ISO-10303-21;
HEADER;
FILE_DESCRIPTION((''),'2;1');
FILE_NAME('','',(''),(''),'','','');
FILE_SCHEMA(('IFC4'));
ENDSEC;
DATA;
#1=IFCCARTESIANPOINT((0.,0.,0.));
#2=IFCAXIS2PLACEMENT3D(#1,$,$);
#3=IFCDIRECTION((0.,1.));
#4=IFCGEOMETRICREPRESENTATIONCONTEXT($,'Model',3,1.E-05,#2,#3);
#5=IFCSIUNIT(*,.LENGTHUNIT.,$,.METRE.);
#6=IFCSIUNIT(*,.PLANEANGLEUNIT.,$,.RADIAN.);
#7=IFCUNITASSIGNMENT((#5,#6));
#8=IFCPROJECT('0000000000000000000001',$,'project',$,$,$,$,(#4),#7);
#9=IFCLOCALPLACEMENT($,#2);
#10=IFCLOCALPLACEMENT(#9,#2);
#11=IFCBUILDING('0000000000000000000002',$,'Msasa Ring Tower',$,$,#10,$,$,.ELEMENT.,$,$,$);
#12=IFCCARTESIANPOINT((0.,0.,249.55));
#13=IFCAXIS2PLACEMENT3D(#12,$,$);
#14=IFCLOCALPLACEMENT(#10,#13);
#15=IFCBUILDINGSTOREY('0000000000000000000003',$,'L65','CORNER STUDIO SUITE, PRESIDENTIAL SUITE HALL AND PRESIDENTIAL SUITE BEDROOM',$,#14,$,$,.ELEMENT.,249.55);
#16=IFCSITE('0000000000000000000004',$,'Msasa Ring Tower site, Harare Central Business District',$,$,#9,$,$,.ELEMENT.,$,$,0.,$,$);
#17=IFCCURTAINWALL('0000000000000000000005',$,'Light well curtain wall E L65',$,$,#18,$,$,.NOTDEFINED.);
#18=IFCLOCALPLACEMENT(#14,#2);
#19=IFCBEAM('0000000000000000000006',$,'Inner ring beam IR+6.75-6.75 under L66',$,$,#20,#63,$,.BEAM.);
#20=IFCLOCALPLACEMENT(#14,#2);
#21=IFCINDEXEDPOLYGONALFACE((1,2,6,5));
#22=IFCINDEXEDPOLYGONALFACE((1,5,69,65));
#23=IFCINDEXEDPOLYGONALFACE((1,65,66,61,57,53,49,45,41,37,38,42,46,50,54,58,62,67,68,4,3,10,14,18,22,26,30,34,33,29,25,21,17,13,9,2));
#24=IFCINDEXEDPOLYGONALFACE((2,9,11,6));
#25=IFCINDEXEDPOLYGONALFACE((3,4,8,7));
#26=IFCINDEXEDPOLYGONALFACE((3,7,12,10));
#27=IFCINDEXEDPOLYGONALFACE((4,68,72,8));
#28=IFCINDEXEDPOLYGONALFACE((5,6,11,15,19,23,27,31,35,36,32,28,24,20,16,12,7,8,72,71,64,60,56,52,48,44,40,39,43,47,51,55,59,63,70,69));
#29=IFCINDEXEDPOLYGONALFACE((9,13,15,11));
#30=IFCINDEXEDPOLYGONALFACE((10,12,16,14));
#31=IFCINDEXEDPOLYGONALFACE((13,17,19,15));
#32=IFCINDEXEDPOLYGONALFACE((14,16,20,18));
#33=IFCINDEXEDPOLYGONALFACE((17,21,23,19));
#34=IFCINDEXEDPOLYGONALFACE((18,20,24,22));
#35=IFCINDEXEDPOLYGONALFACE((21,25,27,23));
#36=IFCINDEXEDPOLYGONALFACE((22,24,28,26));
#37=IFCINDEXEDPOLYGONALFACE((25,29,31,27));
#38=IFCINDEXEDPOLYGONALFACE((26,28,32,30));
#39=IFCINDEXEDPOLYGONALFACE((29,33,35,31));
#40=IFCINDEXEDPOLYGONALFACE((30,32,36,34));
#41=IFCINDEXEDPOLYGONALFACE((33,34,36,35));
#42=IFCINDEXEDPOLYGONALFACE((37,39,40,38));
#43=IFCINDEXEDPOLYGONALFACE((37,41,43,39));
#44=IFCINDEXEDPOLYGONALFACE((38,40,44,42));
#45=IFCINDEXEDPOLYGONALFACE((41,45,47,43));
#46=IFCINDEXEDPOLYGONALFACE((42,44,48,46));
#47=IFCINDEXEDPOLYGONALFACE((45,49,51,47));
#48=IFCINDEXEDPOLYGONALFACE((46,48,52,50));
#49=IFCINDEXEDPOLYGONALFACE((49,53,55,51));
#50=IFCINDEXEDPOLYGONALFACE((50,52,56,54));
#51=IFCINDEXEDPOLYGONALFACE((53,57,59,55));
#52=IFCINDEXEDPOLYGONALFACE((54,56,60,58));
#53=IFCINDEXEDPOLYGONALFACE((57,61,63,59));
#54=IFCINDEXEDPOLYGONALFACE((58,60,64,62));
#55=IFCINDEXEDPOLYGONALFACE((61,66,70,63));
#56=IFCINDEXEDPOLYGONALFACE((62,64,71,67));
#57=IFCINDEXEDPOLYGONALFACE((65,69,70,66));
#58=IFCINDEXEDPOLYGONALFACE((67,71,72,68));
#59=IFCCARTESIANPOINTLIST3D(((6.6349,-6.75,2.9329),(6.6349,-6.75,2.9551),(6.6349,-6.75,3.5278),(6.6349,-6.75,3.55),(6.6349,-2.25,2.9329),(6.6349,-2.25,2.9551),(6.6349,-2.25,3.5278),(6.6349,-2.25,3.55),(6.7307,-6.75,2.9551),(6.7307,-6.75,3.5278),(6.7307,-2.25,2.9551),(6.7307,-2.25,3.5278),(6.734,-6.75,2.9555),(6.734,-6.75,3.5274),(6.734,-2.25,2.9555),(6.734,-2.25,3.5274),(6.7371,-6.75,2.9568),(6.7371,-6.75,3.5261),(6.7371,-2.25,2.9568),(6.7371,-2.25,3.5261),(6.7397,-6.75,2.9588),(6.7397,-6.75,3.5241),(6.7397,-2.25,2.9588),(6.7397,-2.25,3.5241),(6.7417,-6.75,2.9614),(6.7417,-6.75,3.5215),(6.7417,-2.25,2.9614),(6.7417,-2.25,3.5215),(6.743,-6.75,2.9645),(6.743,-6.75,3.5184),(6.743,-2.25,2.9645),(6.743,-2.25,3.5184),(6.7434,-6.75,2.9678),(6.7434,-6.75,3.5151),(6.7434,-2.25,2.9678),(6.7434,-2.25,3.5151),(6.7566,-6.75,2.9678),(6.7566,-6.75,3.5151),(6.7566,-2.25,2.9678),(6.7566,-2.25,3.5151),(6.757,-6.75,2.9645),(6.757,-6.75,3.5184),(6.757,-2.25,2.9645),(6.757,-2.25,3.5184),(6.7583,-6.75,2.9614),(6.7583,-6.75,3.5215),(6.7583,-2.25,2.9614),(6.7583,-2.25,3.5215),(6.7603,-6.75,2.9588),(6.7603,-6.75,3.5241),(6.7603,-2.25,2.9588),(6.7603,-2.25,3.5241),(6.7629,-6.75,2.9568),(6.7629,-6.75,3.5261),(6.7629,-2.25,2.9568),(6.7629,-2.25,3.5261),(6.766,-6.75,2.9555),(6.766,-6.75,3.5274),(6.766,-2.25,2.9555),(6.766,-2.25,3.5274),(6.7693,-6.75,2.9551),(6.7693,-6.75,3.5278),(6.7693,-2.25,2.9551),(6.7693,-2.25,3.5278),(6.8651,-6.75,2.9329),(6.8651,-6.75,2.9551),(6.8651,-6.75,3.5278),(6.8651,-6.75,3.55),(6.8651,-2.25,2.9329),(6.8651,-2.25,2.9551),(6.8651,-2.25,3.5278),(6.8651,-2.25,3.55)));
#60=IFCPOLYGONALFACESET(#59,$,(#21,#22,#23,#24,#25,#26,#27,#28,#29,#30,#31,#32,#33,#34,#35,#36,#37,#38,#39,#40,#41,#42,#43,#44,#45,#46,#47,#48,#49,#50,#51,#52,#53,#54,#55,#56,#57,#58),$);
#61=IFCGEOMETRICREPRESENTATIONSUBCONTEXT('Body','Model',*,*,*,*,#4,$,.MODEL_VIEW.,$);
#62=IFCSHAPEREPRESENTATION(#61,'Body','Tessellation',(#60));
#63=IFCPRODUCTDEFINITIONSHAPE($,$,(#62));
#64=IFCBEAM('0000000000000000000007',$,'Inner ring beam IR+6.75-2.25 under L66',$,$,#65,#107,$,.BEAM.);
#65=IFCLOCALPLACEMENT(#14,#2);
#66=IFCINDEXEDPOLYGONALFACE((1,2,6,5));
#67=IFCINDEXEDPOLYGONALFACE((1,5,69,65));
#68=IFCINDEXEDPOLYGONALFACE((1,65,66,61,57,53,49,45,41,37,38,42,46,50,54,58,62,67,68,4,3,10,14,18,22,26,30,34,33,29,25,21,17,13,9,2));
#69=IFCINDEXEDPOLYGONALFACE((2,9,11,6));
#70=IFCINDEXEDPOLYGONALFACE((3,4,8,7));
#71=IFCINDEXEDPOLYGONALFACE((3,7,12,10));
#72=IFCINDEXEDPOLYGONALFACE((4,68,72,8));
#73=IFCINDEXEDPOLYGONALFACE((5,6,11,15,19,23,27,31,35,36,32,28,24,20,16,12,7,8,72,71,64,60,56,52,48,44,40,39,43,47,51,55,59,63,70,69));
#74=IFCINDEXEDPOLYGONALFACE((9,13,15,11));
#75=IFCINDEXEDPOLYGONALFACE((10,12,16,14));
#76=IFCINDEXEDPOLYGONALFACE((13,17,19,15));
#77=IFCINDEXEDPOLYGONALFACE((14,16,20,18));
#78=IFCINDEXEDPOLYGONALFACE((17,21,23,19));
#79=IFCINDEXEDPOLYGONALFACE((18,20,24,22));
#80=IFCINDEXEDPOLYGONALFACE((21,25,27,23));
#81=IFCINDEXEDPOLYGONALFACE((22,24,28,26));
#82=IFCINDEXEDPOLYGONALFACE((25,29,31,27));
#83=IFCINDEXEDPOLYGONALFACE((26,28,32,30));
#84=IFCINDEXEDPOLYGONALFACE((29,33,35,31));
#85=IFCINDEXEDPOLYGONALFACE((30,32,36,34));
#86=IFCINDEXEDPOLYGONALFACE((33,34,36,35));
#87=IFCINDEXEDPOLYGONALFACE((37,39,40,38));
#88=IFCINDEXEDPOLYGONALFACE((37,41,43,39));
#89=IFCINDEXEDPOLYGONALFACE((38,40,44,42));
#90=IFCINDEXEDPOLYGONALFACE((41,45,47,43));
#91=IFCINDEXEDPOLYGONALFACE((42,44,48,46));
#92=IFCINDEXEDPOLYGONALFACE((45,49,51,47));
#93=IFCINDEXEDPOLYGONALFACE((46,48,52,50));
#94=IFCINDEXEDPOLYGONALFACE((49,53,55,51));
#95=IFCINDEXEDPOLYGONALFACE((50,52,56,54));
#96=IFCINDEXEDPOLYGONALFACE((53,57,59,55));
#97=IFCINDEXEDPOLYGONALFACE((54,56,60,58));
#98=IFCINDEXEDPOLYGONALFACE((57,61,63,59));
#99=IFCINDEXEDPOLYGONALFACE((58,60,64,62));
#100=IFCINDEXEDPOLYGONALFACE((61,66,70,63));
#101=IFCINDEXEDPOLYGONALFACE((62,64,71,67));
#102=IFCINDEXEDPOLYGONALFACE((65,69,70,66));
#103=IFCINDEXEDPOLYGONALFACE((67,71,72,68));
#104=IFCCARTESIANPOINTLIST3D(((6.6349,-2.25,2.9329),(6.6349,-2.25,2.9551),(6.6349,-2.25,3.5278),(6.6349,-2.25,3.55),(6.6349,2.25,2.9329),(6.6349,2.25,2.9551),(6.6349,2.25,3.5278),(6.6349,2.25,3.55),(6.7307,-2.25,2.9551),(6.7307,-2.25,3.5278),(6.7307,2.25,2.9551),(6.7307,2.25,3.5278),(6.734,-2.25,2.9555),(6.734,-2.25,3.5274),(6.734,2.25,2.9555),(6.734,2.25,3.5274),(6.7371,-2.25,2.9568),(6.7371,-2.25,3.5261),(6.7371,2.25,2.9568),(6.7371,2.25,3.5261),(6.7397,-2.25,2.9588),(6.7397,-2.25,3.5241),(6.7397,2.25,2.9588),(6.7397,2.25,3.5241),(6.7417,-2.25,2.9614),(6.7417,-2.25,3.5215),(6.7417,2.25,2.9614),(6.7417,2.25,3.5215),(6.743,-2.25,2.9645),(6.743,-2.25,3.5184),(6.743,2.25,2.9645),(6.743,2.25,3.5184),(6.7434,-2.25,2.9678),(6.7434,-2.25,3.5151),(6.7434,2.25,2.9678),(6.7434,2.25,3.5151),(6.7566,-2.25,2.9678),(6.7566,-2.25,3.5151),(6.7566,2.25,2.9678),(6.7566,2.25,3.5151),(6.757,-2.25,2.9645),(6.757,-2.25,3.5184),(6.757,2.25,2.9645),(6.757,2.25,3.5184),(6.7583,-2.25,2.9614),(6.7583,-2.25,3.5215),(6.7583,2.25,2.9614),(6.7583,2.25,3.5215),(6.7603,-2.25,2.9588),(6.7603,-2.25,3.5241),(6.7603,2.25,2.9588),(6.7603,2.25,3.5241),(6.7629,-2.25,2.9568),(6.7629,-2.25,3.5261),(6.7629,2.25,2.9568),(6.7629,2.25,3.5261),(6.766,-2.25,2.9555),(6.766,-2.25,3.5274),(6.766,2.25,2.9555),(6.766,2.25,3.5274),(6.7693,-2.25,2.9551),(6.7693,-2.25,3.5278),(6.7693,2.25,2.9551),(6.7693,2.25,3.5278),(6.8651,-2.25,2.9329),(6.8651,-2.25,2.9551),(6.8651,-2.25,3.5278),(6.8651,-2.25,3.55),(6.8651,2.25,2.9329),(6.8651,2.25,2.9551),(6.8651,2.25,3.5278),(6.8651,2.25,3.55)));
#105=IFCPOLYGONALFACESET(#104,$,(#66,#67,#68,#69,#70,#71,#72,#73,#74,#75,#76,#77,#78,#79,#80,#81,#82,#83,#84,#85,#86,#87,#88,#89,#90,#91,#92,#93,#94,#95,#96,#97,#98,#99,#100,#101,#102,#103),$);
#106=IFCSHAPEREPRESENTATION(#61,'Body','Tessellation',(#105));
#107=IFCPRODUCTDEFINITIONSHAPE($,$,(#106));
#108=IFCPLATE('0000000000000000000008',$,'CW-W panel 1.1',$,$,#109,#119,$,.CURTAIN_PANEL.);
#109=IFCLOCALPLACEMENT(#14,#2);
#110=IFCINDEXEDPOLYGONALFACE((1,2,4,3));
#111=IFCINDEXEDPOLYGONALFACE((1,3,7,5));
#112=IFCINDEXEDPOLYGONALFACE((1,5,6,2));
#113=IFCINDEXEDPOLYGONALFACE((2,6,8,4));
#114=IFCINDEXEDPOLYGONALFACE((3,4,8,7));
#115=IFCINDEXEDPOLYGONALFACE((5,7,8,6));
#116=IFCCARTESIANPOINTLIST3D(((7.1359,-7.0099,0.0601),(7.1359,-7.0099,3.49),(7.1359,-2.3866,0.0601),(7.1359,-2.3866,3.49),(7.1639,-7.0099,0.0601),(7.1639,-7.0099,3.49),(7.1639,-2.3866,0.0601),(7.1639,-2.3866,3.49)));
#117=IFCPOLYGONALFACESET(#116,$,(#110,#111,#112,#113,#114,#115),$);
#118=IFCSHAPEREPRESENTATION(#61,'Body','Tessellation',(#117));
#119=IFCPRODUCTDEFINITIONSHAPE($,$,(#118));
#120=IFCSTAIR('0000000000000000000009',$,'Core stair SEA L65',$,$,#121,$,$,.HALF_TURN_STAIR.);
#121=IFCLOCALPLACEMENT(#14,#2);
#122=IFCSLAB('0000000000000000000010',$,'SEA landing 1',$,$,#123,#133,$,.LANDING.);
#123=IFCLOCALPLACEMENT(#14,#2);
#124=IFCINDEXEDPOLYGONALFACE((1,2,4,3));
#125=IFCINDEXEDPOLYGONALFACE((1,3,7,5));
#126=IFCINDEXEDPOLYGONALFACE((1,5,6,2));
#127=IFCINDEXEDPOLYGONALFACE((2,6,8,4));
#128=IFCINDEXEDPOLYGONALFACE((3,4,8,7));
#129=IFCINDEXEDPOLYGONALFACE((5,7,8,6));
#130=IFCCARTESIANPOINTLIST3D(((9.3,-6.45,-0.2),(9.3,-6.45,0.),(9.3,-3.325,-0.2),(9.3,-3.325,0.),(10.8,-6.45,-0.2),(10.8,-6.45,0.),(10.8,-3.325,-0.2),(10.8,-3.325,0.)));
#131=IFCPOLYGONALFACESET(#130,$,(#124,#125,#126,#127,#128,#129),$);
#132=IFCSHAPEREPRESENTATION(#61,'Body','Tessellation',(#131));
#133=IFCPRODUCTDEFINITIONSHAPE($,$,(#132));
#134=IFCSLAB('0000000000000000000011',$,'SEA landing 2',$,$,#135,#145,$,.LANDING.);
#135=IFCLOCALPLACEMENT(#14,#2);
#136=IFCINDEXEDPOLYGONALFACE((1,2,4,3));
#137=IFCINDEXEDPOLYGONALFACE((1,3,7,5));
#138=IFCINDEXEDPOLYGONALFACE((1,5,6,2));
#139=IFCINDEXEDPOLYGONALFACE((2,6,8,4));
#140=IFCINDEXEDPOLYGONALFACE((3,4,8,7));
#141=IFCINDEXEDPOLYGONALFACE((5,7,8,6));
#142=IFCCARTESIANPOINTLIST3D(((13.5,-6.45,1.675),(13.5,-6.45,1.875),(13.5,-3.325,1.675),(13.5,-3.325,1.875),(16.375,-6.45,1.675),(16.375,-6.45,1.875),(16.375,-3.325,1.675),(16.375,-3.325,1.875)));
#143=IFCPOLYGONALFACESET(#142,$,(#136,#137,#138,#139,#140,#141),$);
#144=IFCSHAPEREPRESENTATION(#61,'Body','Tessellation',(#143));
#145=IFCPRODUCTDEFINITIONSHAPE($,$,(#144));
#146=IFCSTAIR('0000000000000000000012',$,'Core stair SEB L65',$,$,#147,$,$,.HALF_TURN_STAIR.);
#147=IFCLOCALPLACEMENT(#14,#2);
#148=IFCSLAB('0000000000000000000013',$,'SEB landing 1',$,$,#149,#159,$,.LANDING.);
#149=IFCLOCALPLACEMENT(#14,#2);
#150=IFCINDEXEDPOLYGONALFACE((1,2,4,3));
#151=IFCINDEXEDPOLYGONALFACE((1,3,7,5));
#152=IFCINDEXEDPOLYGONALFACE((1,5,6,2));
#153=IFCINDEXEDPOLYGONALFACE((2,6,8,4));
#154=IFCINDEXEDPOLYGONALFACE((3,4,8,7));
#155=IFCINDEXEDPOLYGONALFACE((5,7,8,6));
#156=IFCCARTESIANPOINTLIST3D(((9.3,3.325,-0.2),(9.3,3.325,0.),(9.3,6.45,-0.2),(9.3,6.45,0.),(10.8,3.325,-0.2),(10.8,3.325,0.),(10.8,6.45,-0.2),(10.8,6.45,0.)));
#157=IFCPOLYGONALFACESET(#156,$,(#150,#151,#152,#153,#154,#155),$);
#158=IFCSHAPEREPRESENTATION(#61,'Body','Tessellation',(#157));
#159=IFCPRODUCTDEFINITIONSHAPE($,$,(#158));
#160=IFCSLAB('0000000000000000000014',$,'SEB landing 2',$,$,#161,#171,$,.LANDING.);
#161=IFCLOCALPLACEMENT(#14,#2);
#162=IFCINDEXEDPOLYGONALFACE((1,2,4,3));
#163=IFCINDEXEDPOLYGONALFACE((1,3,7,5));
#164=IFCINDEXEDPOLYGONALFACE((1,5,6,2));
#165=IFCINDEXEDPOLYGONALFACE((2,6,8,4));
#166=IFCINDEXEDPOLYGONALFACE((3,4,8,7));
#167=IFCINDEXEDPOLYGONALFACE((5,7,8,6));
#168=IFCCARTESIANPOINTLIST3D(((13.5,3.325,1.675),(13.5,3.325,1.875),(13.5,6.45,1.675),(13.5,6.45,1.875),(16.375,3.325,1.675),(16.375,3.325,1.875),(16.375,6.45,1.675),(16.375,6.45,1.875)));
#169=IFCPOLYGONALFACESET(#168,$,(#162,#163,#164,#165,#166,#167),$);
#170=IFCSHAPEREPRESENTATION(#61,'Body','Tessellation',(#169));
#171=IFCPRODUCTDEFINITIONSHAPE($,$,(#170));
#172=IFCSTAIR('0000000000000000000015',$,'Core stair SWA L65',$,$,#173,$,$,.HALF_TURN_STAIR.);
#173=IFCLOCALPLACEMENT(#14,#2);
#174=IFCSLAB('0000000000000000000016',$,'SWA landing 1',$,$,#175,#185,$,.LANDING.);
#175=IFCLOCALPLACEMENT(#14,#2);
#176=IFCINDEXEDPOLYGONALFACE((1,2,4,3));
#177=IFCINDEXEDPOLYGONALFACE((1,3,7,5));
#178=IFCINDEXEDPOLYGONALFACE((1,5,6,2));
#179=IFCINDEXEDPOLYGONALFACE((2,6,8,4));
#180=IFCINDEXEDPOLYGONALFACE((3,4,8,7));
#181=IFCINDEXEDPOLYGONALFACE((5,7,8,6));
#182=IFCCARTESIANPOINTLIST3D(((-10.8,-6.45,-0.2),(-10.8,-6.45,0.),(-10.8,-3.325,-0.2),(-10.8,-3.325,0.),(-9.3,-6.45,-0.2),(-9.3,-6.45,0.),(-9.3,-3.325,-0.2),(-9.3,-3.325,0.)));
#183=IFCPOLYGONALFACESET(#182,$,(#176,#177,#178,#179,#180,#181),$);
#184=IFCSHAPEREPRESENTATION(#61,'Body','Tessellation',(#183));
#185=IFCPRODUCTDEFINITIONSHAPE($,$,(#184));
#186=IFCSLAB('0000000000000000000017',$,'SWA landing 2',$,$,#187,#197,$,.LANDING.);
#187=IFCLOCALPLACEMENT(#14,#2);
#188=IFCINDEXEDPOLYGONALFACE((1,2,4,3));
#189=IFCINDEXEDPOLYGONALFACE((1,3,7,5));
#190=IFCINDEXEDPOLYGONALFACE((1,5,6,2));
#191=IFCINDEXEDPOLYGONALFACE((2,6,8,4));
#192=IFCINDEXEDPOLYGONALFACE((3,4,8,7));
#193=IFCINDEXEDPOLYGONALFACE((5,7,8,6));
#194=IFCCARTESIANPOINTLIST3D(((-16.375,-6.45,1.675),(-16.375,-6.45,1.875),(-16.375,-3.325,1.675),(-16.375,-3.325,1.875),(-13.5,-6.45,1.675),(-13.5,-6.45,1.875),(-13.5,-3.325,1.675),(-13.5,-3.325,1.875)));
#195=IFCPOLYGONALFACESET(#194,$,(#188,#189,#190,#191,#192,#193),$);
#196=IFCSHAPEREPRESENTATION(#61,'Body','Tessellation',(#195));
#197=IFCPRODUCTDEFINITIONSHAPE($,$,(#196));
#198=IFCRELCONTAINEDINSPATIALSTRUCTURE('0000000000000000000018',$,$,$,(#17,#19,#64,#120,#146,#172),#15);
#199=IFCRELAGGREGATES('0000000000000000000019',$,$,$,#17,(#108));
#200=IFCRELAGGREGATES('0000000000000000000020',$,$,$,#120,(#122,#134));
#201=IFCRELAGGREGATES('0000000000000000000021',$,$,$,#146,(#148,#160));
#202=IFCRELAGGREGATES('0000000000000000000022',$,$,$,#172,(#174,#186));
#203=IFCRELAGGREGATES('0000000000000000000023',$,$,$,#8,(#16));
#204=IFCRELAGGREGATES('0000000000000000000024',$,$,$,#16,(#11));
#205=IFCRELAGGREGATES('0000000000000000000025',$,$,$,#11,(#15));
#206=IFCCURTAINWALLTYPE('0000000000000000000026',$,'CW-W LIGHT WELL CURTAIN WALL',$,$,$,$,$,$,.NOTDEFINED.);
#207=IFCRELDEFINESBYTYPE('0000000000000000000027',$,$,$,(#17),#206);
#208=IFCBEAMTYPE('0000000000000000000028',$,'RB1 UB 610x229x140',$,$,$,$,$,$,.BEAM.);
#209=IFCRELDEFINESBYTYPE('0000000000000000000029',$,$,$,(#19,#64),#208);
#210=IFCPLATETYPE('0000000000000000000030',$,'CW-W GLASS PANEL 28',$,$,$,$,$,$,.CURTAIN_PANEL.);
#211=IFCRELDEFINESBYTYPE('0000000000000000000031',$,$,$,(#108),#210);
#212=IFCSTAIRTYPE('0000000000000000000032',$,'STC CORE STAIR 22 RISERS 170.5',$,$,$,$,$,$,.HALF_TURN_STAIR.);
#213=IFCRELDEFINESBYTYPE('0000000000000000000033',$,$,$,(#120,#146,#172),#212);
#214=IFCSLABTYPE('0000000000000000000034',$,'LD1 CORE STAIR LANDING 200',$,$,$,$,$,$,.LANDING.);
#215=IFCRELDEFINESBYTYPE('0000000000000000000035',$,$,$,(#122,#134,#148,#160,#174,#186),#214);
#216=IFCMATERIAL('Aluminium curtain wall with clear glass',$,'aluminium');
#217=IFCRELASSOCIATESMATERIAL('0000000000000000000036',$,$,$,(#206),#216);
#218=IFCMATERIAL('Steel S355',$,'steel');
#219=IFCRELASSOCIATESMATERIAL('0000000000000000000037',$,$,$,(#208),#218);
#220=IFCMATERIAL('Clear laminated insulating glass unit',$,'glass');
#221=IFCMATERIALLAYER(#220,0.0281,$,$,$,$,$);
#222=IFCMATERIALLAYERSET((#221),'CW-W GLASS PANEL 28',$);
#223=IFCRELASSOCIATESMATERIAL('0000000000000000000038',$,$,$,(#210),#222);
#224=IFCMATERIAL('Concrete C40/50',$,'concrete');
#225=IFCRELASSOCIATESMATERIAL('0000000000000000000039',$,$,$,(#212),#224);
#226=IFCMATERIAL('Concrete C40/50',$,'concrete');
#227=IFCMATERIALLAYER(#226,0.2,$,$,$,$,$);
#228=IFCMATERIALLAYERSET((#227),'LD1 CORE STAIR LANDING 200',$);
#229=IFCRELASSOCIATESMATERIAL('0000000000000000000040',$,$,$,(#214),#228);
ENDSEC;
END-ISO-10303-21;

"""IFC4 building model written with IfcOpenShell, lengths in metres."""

from ifc_helpers import new_model, si_unit, direction, frame, origin, origin_2d, place, context, subcontext, project, spatial, polyline, rectangle, i_section, outline, extrude, material, layer, layer_set, material_profile, profile_set, type_object, element, aggregate, save


model = new_model("IFC4")

# Units and contexts
model_context = context("Model", 3, precision=1e-05, world=origin(), true_north=direction((0.0, 1.0)))
body_context = subcontext(model_context, "Body", "Model", "MODEL_VIEW")
ifc_project = project(units=[si_unit("LENGTHUNIT", "METRE"), si_unit("PLANEANGLEUNIT", "RADIAN")], contexts=[model_context])

# Site, building, storey
site_placement = place(None, origin())
site = spatial("IfcSite", under=ifc_project, at=site_placement, Name="Msasa Ring Tower site, Harare Central Business District", CompositionType="ELEMENT", RefElevation=0.0)
building_placement = place(site_placement, origin())
building = spatial("IfcBuilding", under=site, at=building_placement, Name="Msasa Ring Tower", CompositionType="ELEMENT")
storey_placement = place(building_placement, frame((0.0, 0.0, 249.55)))
storey = spatial("IfcBuildingStorey", under=building, at=storey_placement, Name="L65", Description="CORNER STUDIO SUITE, PRESIDENTIAL SUITE HALL AND PRESIDENTIAL SUITE BEDROOM", CompositionType="ELEMENT", Elevation=249.55)

# Curtain wall
ifc_material_1 = material(Name="Aluminium curtain wall with clear glass", Category="aluminium")
curtain_wall_type = type_object("IfcCurtainWallType", Name="CW-W LIGHT WELL CURTAIN WALL", PredefinedType="NOTDEFINED", material=ifc_material_1)
curtain_wall_placement = place(storey_placement, origin())
curtain_wall = element("IfcCurtainWall", 1, at=curtain_wall_placement, inside=storey, type_object=curtain_wall_type, Name="Light well curtain wall E L65", PredefinedType="NOTDEFINED")

# Beams
ifc_material_2 = material(Name="Steel S355", Category="steel")
ifc_material_profile_1 = material_profile(ifc_material_2, i_section(OverallWidth=0.2302, OverallDepth=0.6172, WebThickness=0.0132, FlangeThickness=0.0222, FilletRadius=0.0127, at=origin_2d()), Name="UB 610x229x140")
ifc_profile_set_1 = profile_set([ifc_material_profile_1], Name="Steel S355")
beam_type = type_object("IfcBeamType", Name="RB1 UB 610x229x140", PredefinedType="BEAM", material=ifc_profile_set_1)
for number, where, z_axis, x_axis, name in (
    (2, (6.75, -6.75, 3.2415), (0.0, 1.0, 0.0), (-1.0, 0.0, 0.0), "Inner ring beam IR+6.75-6.75 under L66"),
    (3, (6.75, -2.25, 3.2415), (0.0, 1.0, 0.0), (-1.0, 0.0, 0.0), "Inner ring beam IR+6.75-2.25 under L66"),
):
    element("IfcBeam", number, at=place(storey_placement, frame(where, z_axis=z_axis, x_axis=x_axis)), inside=storey, type_object=beam_type, Name=name, PredefinedType="BEAM", context=body_context, shape_type="SweptSolid", body=[
        extrude(i_section(OverallWidth=0.2302, OverallDepth=0.6172, WebThickness=0.0132, FlangeThickness=0.0222, FilletRadius=0.0127, at=origin_2d()), origin(), (0.0, 0.0, 1.0), 4.5),
    ])

# Plate
ifc_material_3 = material(Name="Clear laminated insulating glass unit", Category="glass")
ifc_layer_1 = layer(ifc_material_3, 0.0281)
ifc_layer_set_1 = layer_set([ifc_layer_1], Name="CW-W GLASS PANEL 28")
plate_type = type_object("IfcPlateType", Name="CW-W GLASS PANEL 28", PredefinedType="CURTAIN_PANEL", material=ifc_layer_set_1)
plate_placement = place(storey_placement, frame((7.1499, -4.6982, 0.0601), z_axis=(0.0, 0.0, 1.0), x_axis=(0.0, 1.0, 0.0)))
plate = element("IfcPlate", 4, at=plate_placement, type_object=plate_type, Name="CW-W panel 1.1", PredefinedType="CURTAIN_PANEL", context=body_context, shape_type="SweptSolid", body=[
    extrude(rectangle(XDim=4.6233, YDim=0.0281, at=origin_2d()), origin(), (0.0, 0.0, 1.0), 3.4299),
])
aggregate(curtain_wall, [plate])

# Stairs, slabs
ifc_material_4 = material(Name="Concrete C40/50", Category="concrete")
stair_type = type_object("IfcStairType", Name="STC CORE STAIR 22 RISERS 170.5", PredefinedType="HALF_TURN_STAIR", material=ifc_material_4)
stair_1_placement = place(storey_placement, origin())
stair_1 = element("IfcStair", 5, at=stair_1_placement, inside=storey, type_object=stair_type, Name="Core stair SEA L65", PredefinedType="HALF_TURN_STAIR")
ifc_material_5 = material(Name="Concrete C40/50", Category="concrete")
ifc_layer_2 = layer(ifc_material_5, 0.2)
ifc_layer_set_2 = layer_set([ifc_layer_2], Name="LD1 CORE STAIR LANDING 200")
slab_type = type_object("IfcSlabType", Name="LD1 CORE STAIR LANDING 200", PredefinedType="LANDING", material=ifc_layer_set_2)
slab_1_placement = place(storey_placement, frame((0.0, 0.0, -0.2)))
slab_1 = element("IfcSlab", 6, at=slab_1_placement, type_object=slab_type, Name="SEA landing 1", PredefinedType="LANDING", context=body_context, shape_type="SweptSolid", body=[
    extrude(outline(polyline([(9.3, -6.45), (10.8, -6.45), (10.8, -3.325), (9.3, -3.325), (9.3, -6.45)])), origin(), (0.0, 0.0, 1.0), 0.2),
])
slab_2_placement = place(storey_placement, frame((0.0, 0.0, 1.675)))
slab_2 = element("IfcSlab", 7, at=slab_2_placement, type_object=slab_type, Name="SEA landing 2", PredefinedType="LANDING", context=body_context, shape_type="SweptSolid", body=[
    extrude(outline(polyline([(13.5, -6.45), (16.375, -6.45), (16.375, -3.325), (13.5, -3.325), (13.5, -6.45)])), origin(), (0.0, 0.0, 1.0), 0.2),
])
aggregate(stair_1, [slab_1, slab_2])
stair_2_placement = place(storey_placement, origin())
stair_2 = element("IfcStair", 8, at=stair_2_placement, inside=storey, type_object=stair_type, Name="Core stair SEB L65", PredefinedType="HALF_TURN_STAIR")
slab_3_placement = place(storey_placement, frame((0.0, 0.0, -0.2)))
slab_3 = element("IfcSlab", 9, at=slab_3_placement, type_object=slab_type, Name="SEB landing 1", PredefinedType="LANDING", context=body_context, shape_type="SweptSolid", body=[
    extrude(outline(polyline([(9.3, 3.325), (10.8, 3.325), (10.8, 6.45), (9.3, 6.45), (9.3, 3.325)])), origin(), (0.0, 0.0, 1.0), 0.2),
])
slab_4_placement = place(storey_placement, frame((0.0, 0.0, 1.675)))
slab_4 = element("IfcSlab", 10, at=slab_4_placement, type_object=slab_type, Name="SEB landing 2", PredefinedType="LANDING", context=body_context, shape_type="SweptSolid", body=[
    extrude(outline(polyline([(13.5, 3.325), (16.375, 3.325), (16.375, 6.45), (13.5, 6.45), (13.5, 3.325)])), origin(), (0.0, 0.0, 1.0), 0.2),
])
aggregate(stair_2, [slab_3, slab_4])
stair_3_placement = place(storey_placement, origin())
stair_3 = element("IfcStair", 11, at=stair_3_placement, inside=storey, type_object=stair_type, Name="Core stair SWA L65", PredefinedType="HALF_TURN_STAIR")
slab_5_placement = place(storey_placement, frame((0.0, 0.0, -0.2)))
slab_5 = element("IfcSlab", 12, at=slab_5_placement, type_object=slab_type, Name="SWA landing 1", PredefinedType="LANDING", context=body_context, shape_type="SweptSolid", body=[
    extrude(outline(polyline([(-10.8, -6.45), (-9.3, -6.45), (-9.3, -3.325), (-10.8, -3.325), (-10.8, -6.45)])), origin(), (0.0, 0.0, 1.0), 0.2),
])
slab_6_placement = place(storey_placement, frame((0.0, 0.0, 1.675)))
slab_6 = element("IfcSlab", 13, at=slab_6_placement, type_object=slab_type, Name="SWA landing 2", PredefinedType="LANDING", context=body_context, shape_type="SweptSolid", body=[
    extrude(outline(polyline([(-16.375, -6.45), (-13.5, -6.45), (-13.5, -3.325), (-16.375, -3.325), (-16.375, -6.45)])), origin(), (0.0, 0.0, 1.0), 0.2),
])
aggregate(stair_3, [slab_5, slab_6])

save(model, "model.ifc")
